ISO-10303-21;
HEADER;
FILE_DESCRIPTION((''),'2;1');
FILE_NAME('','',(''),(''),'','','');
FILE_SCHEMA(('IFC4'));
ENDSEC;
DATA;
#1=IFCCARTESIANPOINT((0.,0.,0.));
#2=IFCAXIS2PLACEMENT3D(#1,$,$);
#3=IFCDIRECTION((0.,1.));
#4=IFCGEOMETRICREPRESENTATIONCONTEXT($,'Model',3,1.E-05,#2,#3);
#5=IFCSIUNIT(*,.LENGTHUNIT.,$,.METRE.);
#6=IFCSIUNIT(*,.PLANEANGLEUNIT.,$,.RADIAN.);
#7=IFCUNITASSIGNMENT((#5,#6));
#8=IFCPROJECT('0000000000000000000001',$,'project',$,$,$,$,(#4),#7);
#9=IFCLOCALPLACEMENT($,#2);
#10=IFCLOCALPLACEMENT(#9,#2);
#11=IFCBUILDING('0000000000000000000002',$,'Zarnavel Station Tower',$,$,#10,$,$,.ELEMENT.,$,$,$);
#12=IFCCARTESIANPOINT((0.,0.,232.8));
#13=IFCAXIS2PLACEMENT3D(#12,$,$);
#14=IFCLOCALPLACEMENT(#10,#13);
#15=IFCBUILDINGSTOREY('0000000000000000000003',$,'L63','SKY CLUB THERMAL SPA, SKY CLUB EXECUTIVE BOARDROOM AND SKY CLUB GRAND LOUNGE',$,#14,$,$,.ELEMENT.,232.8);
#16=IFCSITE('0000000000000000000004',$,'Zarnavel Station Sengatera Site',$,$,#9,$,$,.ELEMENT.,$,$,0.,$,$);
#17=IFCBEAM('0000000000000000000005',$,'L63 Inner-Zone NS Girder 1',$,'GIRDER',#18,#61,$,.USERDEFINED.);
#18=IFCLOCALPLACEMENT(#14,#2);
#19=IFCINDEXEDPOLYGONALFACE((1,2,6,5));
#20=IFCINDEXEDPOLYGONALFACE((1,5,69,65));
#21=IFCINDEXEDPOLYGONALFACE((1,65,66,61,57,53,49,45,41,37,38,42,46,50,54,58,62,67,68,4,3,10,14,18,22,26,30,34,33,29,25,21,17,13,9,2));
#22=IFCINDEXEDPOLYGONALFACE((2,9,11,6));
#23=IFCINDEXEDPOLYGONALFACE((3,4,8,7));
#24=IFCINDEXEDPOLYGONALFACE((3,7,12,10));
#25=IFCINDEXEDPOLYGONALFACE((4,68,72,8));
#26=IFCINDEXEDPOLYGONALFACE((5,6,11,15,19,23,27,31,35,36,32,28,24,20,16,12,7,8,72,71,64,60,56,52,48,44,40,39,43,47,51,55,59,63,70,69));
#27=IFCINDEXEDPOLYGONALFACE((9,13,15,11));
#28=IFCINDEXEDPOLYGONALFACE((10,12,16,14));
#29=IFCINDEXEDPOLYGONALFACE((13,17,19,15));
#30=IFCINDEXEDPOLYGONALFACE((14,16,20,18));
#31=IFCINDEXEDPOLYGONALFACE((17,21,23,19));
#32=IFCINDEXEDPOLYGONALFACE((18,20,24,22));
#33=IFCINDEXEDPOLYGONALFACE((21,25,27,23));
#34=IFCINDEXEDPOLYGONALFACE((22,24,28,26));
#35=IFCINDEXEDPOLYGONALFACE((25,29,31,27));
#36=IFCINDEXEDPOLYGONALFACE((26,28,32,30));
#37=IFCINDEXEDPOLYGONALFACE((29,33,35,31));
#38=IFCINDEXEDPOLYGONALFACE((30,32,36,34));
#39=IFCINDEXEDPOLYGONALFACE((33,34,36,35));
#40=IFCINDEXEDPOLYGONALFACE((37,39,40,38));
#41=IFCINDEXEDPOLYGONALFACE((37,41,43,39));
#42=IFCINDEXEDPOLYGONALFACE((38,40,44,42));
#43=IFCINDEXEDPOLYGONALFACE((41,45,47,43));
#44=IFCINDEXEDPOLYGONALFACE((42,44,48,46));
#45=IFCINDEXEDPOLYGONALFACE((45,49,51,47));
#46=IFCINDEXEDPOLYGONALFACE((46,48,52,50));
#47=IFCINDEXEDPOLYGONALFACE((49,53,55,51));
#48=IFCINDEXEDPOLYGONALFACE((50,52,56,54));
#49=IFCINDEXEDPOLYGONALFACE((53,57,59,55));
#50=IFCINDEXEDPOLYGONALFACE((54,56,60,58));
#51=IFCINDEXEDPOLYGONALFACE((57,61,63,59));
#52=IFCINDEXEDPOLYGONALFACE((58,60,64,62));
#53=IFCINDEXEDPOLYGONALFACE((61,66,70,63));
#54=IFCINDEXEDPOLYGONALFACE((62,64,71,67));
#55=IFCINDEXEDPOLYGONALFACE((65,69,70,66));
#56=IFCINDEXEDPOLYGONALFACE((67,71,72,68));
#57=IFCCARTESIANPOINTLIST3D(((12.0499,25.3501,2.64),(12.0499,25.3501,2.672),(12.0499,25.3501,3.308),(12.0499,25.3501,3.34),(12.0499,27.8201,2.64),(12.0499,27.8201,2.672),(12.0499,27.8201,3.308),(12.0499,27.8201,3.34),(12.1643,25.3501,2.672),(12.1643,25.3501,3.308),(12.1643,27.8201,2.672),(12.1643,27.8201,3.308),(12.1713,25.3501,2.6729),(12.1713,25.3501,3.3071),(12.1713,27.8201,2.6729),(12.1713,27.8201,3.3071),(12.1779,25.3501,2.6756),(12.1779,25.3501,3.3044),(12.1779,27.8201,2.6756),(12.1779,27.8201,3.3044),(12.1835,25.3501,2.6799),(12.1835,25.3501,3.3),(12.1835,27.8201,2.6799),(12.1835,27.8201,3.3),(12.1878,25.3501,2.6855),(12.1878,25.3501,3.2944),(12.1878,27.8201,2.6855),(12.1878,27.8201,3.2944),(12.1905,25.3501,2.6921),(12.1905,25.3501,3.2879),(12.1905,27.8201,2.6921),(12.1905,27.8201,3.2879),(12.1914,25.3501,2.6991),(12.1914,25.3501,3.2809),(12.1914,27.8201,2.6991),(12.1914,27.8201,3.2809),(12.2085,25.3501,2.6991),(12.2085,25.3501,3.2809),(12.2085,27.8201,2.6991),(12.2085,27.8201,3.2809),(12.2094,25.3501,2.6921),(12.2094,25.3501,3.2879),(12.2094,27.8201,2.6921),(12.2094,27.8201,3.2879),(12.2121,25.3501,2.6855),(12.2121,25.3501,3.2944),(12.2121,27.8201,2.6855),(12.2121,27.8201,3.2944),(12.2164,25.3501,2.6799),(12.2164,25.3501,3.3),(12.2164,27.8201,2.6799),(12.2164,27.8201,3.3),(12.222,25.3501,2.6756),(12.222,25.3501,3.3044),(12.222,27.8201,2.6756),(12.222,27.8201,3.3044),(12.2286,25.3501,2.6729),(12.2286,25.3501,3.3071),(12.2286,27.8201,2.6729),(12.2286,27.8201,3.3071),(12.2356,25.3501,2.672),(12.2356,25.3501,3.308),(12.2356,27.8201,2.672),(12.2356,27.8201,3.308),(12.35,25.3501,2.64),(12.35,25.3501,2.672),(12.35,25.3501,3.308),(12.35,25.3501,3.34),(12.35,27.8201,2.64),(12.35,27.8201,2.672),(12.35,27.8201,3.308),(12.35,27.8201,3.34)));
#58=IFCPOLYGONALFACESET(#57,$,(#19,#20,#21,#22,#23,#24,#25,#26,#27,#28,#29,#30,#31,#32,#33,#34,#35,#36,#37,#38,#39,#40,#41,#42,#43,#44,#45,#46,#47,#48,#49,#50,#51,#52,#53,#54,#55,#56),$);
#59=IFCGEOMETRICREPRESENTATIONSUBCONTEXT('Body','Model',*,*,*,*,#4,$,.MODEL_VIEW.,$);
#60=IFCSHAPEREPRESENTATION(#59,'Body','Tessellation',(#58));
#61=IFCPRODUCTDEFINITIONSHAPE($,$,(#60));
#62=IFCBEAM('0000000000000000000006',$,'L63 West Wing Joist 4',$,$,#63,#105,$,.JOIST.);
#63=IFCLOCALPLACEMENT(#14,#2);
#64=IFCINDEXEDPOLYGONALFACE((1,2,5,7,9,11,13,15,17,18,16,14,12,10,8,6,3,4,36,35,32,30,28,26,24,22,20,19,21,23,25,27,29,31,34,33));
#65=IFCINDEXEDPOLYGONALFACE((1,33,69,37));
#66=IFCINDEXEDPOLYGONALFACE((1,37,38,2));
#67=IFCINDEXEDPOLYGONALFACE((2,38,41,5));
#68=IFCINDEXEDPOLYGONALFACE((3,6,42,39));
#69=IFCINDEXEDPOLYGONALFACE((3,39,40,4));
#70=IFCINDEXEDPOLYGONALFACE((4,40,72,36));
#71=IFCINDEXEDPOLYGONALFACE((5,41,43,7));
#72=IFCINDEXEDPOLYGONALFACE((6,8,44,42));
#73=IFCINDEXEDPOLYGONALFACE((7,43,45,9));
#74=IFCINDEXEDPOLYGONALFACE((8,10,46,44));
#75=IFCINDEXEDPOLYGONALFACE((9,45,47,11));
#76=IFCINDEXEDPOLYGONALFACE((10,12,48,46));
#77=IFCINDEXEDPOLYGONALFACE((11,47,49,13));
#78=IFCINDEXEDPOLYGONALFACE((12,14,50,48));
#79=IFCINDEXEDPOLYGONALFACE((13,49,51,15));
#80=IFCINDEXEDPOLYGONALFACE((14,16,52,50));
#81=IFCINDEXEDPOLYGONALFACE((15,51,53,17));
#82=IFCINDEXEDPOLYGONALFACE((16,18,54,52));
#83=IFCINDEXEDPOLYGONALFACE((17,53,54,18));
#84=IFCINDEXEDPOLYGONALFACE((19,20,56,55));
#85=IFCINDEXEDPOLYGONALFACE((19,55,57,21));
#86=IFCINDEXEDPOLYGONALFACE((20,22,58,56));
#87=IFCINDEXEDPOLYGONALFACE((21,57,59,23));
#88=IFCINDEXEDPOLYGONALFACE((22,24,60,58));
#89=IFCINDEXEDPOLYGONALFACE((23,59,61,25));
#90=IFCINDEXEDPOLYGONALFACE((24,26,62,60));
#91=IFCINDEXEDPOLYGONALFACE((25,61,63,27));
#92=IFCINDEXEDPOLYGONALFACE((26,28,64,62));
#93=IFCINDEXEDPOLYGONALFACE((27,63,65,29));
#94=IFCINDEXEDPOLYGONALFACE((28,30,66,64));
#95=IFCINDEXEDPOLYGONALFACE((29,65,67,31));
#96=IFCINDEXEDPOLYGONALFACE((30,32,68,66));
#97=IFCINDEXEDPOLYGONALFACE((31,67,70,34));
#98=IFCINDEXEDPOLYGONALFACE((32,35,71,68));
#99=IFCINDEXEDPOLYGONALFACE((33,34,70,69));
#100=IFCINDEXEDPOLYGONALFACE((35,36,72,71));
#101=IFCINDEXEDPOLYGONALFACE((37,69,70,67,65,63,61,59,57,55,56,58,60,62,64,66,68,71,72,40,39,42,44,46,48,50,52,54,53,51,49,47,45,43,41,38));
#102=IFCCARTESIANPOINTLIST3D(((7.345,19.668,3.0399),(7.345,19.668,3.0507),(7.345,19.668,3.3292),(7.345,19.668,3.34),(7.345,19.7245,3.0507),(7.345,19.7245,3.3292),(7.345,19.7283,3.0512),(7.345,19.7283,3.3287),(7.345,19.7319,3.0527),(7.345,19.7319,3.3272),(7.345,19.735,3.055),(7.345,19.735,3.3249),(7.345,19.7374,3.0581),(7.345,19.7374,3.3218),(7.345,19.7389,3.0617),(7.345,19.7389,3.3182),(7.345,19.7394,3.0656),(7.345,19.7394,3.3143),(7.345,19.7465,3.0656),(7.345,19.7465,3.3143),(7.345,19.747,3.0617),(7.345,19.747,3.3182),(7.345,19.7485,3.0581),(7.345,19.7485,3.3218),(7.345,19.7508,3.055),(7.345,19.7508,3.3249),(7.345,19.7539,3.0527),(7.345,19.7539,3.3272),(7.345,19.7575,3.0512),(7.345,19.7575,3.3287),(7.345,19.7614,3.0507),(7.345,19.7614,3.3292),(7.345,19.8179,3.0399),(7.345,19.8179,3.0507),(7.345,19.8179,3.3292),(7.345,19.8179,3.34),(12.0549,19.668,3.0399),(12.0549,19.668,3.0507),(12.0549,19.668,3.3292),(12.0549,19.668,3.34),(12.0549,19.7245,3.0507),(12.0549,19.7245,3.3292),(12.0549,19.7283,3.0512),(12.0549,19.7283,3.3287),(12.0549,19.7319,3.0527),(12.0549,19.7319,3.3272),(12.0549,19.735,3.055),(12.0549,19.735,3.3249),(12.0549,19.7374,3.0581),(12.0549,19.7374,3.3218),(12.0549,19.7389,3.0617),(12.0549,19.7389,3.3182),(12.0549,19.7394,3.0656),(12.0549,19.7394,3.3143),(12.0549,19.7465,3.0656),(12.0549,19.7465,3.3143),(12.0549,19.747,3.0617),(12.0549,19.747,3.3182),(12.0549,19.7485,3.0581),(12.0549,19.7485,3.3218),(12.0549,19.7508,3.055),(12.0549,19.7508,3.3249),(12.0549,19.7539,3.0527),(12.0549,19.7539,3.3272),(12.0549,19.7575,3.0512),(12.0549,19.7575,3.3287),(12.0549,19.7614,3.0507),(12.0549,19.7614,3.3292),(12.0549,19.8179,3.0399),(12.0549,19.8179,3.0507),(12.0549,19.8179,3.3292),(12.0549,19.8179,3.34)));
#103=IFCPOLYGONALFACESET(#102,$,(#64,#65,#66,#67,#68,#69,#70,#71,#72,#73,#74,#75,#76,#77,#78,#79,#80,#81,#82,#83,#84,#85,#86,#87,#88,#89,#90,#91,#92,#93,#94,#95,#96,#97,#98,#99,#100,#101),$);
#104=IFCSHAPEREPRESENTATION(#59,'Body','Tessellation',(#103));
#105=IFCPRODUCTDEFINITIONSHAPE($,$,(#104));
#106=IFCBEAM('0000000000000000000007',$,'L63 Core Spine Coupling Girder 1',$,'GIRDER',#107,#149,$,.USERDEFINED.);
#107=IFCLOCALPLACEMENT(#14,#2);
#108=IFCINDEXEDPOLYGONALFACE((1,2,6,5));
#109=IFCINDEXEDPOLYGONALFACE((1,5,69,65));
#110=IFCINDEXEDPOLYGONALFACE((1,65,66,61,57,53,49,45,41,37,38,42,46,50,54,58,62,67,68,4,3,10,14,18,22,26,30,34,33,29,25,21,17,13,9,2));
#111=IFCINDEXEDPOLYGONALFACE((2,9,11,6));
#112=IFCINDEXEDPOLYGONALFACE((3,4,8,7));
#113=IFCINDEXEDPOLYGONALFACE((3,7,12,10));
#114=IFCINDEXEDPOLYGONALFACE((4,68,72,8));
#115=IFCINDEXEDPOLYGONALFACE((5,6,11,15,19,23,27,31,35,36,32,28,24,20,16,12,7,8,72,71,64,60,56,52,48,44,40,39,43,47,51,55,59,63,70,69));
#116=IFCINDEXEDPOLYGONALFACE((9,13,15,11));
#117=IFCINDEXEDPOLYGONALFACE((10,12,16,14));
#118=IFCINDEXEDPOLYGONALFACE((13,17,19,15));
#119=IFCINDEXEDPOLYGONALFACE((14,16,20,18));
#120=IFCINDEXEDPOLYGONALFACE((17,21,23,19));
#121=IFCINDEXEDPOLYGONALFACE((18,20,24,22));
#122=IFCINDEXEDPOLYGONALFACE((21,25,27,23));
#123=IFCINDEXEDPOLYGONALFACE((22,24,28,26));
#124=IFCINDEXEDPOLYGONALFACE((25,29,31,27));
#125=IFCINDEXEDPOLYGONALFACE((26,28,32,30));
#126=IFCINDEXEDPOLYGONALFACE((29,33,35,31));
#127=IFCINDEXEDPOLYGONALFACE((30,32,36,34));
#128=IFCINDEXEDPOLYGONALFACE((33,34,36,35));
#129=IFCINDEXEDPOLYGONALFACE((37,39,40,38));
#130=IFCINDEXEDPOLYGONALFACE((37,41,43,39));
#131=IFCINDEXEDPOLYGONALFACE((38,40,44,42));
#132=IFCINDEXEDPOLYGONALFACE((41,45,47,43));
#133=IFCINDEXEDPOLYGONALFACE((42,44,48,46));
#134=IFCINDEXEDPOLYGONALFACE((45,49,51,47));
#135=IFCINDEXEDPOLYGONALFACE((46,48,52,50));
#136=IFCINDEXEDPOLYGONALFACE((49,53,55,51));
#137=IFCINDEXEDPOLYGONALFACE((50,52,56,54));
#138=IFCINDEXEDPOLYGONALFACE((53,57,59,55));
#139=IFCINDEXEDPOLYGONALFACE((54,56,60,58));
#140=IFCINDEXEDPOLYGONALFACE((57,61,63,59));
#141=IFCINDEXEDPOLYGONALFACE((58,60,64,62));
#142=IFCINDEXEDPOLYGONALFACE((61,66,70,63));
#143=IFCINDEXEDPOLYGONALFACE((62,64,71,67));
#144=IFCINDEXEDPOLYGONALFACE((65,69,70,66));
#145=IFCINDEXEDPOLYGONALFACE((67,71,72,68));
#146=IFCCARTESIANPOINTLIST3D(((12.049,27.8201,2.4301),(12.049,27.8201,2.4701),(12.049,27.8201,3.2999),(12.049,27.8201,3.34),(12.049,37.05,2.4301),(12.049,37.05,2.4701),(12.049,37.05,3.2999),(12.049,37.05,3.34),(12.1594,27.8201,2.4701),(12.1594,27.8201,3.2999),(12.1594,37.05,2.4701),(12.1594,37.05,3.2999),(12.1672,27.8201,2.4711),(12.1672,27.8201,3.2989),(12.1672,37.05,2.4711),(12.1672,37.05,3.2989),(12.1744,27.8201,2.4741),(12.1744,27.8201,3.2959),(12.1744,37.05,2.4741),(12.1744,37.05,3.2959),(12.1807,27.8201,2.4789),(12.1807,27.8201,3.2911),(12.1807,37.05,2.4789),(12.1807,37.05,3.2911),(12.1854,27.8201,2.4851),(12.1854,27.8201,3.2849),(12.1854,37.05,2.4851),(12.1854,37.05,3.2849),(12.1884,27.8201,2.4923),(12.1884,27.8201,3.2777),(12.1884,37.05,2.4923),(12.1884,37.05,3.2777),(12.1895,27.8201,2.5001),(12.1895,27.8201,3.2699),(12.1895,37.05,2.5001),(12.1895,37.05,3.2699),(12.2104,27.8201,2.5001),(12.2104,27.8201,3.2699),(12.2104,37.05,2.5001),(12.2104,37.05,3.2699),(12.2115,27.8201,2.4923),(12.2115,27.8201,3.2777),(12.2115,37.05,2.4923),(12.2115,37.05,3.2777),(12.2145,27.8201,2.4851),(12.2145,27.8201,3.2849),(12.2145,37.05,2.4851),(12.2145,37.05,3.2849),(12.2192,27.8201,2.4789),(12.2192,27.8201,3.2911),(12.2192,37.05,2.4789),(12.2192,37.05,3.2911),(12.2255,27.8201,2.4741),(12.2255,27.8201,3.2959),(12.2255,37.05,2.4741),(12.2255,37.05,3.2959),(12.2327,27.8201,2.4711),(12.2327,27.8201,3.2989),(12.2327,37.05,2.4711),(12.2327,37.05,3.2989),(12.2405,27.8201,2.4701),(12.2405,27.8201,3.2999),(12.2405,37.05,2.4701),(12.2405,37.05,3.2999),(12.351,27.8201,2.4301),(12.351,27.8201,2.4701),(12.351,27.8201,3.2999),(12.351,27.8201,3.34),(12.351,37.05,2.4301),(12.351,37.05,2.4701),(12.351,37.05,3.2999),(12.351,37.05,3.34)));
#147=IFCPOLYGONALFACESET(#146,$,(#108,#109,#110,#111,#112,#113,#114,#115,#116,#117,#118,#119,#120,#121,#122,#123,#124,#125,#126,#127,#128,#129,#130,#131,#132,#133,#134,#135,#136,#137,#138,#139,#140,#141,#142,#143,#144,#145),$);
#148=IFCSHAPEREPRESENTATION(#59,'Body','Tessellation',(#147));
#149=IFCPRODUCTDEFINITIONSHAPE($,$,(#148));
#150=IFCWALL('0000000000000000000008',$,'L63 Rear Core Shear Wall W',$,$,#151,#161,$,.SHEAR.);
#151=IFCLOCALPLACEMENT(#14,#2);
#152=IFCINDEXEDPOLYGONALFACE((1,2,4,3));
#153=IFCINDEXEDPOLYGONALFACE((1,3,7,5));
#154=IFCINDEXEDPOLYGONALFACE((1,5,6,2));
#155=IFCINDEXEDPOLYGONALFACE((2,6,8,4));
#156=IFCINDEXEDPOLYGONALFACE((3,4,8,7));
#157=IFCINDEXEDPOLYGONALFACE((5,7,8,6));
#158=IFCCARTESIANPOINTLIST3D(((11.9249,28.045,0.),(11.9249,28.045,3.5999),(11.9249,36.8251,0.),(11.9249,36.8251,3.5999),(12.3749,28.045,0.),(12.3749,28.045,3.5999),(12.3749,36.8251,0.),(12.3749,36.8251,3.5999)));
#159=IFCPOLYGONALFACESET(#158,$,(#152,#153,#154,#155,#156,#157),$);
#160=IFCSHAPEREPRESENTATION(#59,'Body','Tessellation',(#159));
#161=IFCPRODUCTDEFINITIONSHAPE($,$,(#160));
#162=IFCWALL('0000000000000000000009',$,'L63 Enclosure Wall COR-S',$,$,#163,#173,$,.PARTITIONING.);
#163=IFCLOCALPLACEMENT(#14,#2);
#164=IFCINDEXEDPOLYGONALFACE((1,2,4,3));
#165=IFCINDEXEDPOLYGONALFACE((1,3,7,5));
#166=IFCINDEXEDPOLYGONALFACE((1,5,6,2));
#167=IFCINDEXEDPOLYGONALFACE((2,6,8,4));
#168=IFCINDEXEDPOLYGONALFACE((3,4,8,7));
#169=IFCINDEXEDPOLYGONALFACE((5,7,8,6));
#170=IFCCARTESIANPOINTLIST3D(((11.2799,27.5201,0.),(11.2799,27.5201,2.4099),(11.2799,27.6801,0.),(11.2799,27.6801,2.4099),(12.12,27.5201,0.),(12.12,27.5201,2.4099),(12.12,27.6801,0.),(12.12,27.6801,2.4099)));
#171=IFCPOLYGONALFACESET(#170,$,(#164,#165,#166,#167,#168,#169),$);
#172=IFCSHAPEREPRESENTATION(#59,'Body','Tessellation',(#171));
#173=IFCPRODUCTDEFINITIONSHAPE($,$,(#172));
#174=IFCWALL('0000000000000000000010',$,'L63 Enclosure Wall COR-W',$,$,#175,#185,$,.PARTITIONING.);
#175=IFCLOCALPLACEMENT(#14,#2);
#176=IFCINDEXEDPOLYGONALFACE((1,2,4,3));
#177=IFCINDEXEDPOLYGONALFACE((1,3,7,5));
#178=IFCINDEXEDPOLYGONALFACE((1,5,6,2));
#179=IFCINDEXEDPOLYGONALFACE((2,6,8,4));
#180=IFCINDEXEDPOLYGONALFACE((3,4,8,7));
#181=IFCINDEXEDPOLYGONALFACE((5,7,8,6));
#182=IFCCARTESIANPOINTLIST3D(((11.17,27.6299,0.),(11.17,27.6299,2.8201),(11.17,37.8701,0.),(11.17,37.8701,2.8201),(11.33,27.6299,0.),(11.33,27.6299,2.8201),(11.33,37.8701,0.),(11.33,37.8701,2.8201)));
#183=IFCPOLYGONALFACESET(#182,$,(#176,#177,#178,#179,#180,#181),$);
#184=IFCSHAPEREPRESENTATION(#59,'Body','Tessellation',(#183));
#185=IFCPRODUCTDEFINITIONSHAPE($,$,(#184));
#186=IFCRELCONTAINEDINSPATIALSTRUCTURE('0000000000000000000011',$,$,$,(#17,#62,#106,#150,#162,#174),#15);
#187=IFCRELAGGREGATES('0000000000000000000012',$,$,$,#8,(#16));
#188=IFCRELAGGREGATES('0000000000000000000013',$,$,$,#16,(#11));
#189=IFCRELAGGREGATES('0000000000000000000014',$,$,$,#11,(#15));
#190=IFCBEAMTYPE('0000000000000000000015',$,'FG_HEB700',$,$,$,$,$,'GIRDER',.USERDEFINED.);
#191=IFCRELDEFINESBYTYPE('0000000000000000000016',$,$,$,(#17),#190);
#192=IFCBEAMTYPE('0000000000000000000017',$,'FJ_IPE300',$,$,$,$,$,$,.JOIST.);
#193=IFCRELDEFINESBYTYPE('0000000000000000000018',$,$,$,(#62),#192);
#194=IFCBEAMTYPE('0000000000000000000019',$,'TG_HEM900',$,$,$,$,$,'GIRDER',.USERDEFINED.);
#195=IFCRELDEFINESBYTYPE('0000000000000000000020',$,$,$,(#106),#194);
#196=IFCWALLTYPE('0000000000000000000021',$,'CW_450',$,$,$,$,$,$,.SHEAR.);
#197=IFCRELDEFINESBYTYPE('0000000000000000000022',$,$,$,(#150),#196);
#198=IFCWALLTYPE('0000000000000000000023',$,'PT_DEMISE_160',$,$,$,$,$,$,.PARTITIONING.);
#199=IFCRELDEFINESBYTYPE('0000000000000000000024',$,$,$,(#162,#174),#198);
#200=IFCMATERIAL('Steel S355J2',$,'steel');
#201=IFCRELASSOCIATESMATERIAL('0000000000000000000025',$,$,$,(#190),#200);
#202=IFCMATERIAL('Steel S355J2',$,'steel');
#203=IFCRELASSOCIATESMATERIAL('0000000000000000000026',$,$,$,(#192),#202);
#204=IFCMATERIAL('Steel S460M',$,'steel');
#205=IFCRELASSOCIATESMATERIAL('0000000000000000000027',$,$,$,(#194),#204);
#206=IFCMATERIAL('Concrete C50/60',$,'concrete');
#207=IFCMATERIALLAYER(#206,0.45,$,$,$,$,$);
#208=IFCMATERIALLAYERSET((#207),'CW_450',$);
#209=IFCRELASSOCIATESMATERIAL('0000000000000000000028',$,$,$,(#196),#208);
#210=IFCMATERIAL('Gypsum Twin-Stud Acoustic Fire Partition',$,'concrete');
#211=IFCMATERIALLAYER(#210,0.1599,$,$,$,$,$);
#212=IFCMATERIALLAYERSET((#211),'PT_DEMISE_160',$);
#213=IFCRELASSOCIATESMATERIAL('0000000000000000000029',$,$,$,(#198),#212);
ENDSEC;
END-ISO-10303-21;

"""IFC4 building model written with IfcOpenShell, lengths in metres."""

from ifc_helpers import new_model, si_unit, direction, frame, frame_2d, origin, origin_2d, place, context, subcontext, project, spatial, rectangle, i_section, extrude, material, layer, layer_set, material_profile, profile_set, type_object, element, save


model = new_model("IFC4")

# Units and contexts
model_context = context("Model", 3, precision=1e-05, world=origin(), true_north=direction((0.0, 1.0)))
body_context = subcontext(model_context, "Body", "Model", "MODEL_VIEW")
ifc_project = project(units=[si_unit("LENGTHUNIT", "METRE"), si_unit("PLANEANGLEUNIT", "RADIAN")], contexts=[model_context])

# Site, building, storey
site_placement = place(None, origin())
site = spatial("IfcSite", under=ifc_project, at=site_placement, Name="Zarnavel Station Sengatera Site", CompositionType="ELEMENT", RefElevation=0.0)
building_placement = place(site_placement, origin())
building = spatial("IfcBuilding", under=site, at=building_placement, Name="Zarnavel Station Tower", CompositionType="ELEMENT")
storey_placement = place(building_placement, frame((0.0, 0.0, 232.8)))
storey = spatial("IfcBuildingStorey", under=building, at=storey_placement, Name="L63", Description="SKY CLUB THERMAL SPA, SKY CLUB EXECUTIVE BOARDROOM AND SKY CLUB GRAND LOUNGE", CompositionType="ELEMENT", Elevation=232.8)

# Beams
ifc_material_1 = material(Name="Steel S355J2", Category="steel")
ifc_material_profile_1 = material_profile(ifc_material_1, i_section(OverallWidth=0.3, OverallDepth=0.7, WebThickness=0.0171, FlangeThickness=0.032, FilletRadius=0.0271, at=origin_2d()), Name="HEB700")
ifc_profile_set_1 = profile_set([ifc_material_profile_1], Name="Steel S355J2")
beam_type_1 = type_object("IfcBeamType", Name="FG_HEB700", ElementType="GIRDER", PredefinedType="USERDEFINED", material=ifc_profile_set_1)
beam_1_placement = place(storey_placement, frame((12.2, 25.3501, 2.99), z_axis=(0.0, 1.0, 0.0), x_axis=(-1.0, 0.0, 0.0)))
element("IfcBeam", 1, at=beam_1_placement, inside=storey, type_object=beam_type_1, Name="L63 Inner-Zone NS Girder 1", ObjectType="GIRDER", PredefinedType="USERDEFINED", context=body_context, shape_type="SweptSolid", body=[
    extrude(i_section(OverallWidth=0.3, OverallDepth=0.7, WebThickness=0.0171, FlangeThickness=0.032, FilletRadius=0.0271, at=origin_2d()), origin(), (0.0, 0.0, 1.0), 2.47),
])
ifc_material_2 = material(Name="Steel S355J2", Category="steel")
ifc_material_profile_2 = material_profile(ifc_material_2, i_section(OverallWidth=0.1499, OverallDepth=0.3, WebThickness=0.0071, FlangeThickness=0.0107, FilletRadius=0.0149, at=origin_2d()), Name="IPE300")
ifc_profile_set_2 = profile_set([ifc_material_profile_2], Name="Steel S355J2")
beam_type_2 = type_object("IfcBeamType", Name="FJ_IPE300", PredefinedType="JOIST", material=ifc_profile_set_2)
beam_2_placement = place(storey_placement, frame((7.345, 19.7429, 3.1899), z_axis=(1.0, 0.0, 0.0), x_axis=(0.0, 1.0, 0.0)))
element("IfcBeam", 2, at=beam_2_placement, inside=storey, type_object=beam_type_2, Name="L63 West Wing Joist 4", PredefinedType="JOIST", context=body_context, shape_type="SweptSolid", body=[
    extrude(i_section(OverallWidth=0.1499, OverallDepth=0.3, WebThickness=0.0071, FlangeThickness=0.0107, FilletRadius=0.0149, at=origin_2d()), origin(), (0.0, 0.0, 1.0), 4.71),
])
ifc_material_3 = material(Name="Steel S460M", Category="steel")
ifc_material_profile_3 = material_profile(ifc_material_3, i_section(OverallWidth=0.302, OverallDepth=0.9099, WebThickness=0.021, FlangeThickness=0.04, FilletRadius=0.03, at=origin_2d()), Name="HEM900")
ifc_profile_set_3 = profile_set([ifc_material_profile_3], Name="Steel S460M")
beam_type_3 = type_object("IfcBeamType", Name="TG_HEM900", ElementType="GIRDER", PredefinedType="USERDEFINED", material=ifc_profile_set_3)
beam_3_placement = place(storey_placement, frame((12.2, 27.8201, 2.885), z_axis=(0.0, 1.0, 0.0), x_axis=(-1.0, 0.0, 0.0)))
element("IfcBeam", 3, at=beam_3_placement, inside=storey, type_object=beam_type_3, Name="L63 Core Spine Coupling Girder 1", ObjectType="GIRDER", PredefinedType="USERDEFINED", context=body_context, shape_type="SweptSolid", body=[
    extrude(i_section(OverallWidth=0.302, OverallDepth=0.9099, WebThickness=0.021, FlangeThickness=0.04, FilletRadius=0.03, at=origin_2d()), origin(), (0.0, 0.0, 1.0), 9.23),
])

# Walls
ifc_material_4 = material(Name="Concrete C50/60", Category="concrete")
ifc_layer_1 = layer(ifc_material_4, 0.45)
ifc_layer_set_1 = layer_set([ifc_layer_1], Name="CW_450")
wall_type_1 = type_object("IfcWallType", Name="CW_450", PredefinedType="SHEAR", material=ifc_layer_set_1)
wall_1_placement = place(storey_placement, frame((12.1499, 28.0449, 0.0), z_axis=(0.0, 0.0, 1.0), x_axis=(0.0, 1.0, 0.0)))
element("IfcWall", 4, at=wall_1_placement, inside=storey, type_object=wall_type_1, Name="L63 Rear Core Shear Wall W", PredefinedType="SHEAR", context=body_context, shape_type="SweptSolid", body=[
    extrude(rectangle(XDim=8.78, YDim=0.45, at=frame_2d((4.3901, 0.0))), origin(), (0.0, 0.0, 1.0), 3.5999),
])
ifc_material_5 = material(Name="Gypsum Twin-Stud Acoustic Fire Partition", Category="concrete")
ifc_layer_2 = layer(ifc_material_5, 0.1599)
ifc_layer_set_2 = layer_set([ifc_layer_2], Name="PT_DEMISE_160")
wall_type_2 = type_object("IfcWallType", Name="PT_DEMISE_160", PredefinedType="PARTITIONING", material=ifc_layer_set_2)
wall_2_placement = place(storey_placement, frame((11.28, 27.6001, 0.0), z_axis=(0.0, 0.0, 1.0), x_axis=(1.0, 0.0, 0.0)))
element("IfcWall", 5, at=wall_2_placement, inside=storey, type_object=wall_type_2, Name="L63 Enclosure Wall COR-S", PredefinedType="PARTITIONING", context=body_context, shape_type="SweptSolid", body=[
    extrude(rectangle(XDim=0.8401, YDim=0.1599, at=frame_2d((0.4199, 0.0))), origin(), (0.0, 0.0, 1.0), 2.4099),
])
wall_3_placement = place(storey_placement, frame((11.25, 27.6299, 0.0), z_axis=(0.0, 0.0, 1.0), x_axis=(0.0, 1.0, 0.0)))
element("IfcWall", 6, at=wall_3_placement, inside=storey, type_object=wall_type_2, Name="L63 Enclosure Wall COR-W", PredefinedType="PARTITIONING", context=body_context, shape_type="SweptSolid", body=[
    extrude(rectangle(XDim=10.2402, YDim=0.1599, at=frame_2d((5.1201, 0.0))), origin(), (0.0, 0.0, 1.0), 2.8201),
])

save(model, "model.ifc")
